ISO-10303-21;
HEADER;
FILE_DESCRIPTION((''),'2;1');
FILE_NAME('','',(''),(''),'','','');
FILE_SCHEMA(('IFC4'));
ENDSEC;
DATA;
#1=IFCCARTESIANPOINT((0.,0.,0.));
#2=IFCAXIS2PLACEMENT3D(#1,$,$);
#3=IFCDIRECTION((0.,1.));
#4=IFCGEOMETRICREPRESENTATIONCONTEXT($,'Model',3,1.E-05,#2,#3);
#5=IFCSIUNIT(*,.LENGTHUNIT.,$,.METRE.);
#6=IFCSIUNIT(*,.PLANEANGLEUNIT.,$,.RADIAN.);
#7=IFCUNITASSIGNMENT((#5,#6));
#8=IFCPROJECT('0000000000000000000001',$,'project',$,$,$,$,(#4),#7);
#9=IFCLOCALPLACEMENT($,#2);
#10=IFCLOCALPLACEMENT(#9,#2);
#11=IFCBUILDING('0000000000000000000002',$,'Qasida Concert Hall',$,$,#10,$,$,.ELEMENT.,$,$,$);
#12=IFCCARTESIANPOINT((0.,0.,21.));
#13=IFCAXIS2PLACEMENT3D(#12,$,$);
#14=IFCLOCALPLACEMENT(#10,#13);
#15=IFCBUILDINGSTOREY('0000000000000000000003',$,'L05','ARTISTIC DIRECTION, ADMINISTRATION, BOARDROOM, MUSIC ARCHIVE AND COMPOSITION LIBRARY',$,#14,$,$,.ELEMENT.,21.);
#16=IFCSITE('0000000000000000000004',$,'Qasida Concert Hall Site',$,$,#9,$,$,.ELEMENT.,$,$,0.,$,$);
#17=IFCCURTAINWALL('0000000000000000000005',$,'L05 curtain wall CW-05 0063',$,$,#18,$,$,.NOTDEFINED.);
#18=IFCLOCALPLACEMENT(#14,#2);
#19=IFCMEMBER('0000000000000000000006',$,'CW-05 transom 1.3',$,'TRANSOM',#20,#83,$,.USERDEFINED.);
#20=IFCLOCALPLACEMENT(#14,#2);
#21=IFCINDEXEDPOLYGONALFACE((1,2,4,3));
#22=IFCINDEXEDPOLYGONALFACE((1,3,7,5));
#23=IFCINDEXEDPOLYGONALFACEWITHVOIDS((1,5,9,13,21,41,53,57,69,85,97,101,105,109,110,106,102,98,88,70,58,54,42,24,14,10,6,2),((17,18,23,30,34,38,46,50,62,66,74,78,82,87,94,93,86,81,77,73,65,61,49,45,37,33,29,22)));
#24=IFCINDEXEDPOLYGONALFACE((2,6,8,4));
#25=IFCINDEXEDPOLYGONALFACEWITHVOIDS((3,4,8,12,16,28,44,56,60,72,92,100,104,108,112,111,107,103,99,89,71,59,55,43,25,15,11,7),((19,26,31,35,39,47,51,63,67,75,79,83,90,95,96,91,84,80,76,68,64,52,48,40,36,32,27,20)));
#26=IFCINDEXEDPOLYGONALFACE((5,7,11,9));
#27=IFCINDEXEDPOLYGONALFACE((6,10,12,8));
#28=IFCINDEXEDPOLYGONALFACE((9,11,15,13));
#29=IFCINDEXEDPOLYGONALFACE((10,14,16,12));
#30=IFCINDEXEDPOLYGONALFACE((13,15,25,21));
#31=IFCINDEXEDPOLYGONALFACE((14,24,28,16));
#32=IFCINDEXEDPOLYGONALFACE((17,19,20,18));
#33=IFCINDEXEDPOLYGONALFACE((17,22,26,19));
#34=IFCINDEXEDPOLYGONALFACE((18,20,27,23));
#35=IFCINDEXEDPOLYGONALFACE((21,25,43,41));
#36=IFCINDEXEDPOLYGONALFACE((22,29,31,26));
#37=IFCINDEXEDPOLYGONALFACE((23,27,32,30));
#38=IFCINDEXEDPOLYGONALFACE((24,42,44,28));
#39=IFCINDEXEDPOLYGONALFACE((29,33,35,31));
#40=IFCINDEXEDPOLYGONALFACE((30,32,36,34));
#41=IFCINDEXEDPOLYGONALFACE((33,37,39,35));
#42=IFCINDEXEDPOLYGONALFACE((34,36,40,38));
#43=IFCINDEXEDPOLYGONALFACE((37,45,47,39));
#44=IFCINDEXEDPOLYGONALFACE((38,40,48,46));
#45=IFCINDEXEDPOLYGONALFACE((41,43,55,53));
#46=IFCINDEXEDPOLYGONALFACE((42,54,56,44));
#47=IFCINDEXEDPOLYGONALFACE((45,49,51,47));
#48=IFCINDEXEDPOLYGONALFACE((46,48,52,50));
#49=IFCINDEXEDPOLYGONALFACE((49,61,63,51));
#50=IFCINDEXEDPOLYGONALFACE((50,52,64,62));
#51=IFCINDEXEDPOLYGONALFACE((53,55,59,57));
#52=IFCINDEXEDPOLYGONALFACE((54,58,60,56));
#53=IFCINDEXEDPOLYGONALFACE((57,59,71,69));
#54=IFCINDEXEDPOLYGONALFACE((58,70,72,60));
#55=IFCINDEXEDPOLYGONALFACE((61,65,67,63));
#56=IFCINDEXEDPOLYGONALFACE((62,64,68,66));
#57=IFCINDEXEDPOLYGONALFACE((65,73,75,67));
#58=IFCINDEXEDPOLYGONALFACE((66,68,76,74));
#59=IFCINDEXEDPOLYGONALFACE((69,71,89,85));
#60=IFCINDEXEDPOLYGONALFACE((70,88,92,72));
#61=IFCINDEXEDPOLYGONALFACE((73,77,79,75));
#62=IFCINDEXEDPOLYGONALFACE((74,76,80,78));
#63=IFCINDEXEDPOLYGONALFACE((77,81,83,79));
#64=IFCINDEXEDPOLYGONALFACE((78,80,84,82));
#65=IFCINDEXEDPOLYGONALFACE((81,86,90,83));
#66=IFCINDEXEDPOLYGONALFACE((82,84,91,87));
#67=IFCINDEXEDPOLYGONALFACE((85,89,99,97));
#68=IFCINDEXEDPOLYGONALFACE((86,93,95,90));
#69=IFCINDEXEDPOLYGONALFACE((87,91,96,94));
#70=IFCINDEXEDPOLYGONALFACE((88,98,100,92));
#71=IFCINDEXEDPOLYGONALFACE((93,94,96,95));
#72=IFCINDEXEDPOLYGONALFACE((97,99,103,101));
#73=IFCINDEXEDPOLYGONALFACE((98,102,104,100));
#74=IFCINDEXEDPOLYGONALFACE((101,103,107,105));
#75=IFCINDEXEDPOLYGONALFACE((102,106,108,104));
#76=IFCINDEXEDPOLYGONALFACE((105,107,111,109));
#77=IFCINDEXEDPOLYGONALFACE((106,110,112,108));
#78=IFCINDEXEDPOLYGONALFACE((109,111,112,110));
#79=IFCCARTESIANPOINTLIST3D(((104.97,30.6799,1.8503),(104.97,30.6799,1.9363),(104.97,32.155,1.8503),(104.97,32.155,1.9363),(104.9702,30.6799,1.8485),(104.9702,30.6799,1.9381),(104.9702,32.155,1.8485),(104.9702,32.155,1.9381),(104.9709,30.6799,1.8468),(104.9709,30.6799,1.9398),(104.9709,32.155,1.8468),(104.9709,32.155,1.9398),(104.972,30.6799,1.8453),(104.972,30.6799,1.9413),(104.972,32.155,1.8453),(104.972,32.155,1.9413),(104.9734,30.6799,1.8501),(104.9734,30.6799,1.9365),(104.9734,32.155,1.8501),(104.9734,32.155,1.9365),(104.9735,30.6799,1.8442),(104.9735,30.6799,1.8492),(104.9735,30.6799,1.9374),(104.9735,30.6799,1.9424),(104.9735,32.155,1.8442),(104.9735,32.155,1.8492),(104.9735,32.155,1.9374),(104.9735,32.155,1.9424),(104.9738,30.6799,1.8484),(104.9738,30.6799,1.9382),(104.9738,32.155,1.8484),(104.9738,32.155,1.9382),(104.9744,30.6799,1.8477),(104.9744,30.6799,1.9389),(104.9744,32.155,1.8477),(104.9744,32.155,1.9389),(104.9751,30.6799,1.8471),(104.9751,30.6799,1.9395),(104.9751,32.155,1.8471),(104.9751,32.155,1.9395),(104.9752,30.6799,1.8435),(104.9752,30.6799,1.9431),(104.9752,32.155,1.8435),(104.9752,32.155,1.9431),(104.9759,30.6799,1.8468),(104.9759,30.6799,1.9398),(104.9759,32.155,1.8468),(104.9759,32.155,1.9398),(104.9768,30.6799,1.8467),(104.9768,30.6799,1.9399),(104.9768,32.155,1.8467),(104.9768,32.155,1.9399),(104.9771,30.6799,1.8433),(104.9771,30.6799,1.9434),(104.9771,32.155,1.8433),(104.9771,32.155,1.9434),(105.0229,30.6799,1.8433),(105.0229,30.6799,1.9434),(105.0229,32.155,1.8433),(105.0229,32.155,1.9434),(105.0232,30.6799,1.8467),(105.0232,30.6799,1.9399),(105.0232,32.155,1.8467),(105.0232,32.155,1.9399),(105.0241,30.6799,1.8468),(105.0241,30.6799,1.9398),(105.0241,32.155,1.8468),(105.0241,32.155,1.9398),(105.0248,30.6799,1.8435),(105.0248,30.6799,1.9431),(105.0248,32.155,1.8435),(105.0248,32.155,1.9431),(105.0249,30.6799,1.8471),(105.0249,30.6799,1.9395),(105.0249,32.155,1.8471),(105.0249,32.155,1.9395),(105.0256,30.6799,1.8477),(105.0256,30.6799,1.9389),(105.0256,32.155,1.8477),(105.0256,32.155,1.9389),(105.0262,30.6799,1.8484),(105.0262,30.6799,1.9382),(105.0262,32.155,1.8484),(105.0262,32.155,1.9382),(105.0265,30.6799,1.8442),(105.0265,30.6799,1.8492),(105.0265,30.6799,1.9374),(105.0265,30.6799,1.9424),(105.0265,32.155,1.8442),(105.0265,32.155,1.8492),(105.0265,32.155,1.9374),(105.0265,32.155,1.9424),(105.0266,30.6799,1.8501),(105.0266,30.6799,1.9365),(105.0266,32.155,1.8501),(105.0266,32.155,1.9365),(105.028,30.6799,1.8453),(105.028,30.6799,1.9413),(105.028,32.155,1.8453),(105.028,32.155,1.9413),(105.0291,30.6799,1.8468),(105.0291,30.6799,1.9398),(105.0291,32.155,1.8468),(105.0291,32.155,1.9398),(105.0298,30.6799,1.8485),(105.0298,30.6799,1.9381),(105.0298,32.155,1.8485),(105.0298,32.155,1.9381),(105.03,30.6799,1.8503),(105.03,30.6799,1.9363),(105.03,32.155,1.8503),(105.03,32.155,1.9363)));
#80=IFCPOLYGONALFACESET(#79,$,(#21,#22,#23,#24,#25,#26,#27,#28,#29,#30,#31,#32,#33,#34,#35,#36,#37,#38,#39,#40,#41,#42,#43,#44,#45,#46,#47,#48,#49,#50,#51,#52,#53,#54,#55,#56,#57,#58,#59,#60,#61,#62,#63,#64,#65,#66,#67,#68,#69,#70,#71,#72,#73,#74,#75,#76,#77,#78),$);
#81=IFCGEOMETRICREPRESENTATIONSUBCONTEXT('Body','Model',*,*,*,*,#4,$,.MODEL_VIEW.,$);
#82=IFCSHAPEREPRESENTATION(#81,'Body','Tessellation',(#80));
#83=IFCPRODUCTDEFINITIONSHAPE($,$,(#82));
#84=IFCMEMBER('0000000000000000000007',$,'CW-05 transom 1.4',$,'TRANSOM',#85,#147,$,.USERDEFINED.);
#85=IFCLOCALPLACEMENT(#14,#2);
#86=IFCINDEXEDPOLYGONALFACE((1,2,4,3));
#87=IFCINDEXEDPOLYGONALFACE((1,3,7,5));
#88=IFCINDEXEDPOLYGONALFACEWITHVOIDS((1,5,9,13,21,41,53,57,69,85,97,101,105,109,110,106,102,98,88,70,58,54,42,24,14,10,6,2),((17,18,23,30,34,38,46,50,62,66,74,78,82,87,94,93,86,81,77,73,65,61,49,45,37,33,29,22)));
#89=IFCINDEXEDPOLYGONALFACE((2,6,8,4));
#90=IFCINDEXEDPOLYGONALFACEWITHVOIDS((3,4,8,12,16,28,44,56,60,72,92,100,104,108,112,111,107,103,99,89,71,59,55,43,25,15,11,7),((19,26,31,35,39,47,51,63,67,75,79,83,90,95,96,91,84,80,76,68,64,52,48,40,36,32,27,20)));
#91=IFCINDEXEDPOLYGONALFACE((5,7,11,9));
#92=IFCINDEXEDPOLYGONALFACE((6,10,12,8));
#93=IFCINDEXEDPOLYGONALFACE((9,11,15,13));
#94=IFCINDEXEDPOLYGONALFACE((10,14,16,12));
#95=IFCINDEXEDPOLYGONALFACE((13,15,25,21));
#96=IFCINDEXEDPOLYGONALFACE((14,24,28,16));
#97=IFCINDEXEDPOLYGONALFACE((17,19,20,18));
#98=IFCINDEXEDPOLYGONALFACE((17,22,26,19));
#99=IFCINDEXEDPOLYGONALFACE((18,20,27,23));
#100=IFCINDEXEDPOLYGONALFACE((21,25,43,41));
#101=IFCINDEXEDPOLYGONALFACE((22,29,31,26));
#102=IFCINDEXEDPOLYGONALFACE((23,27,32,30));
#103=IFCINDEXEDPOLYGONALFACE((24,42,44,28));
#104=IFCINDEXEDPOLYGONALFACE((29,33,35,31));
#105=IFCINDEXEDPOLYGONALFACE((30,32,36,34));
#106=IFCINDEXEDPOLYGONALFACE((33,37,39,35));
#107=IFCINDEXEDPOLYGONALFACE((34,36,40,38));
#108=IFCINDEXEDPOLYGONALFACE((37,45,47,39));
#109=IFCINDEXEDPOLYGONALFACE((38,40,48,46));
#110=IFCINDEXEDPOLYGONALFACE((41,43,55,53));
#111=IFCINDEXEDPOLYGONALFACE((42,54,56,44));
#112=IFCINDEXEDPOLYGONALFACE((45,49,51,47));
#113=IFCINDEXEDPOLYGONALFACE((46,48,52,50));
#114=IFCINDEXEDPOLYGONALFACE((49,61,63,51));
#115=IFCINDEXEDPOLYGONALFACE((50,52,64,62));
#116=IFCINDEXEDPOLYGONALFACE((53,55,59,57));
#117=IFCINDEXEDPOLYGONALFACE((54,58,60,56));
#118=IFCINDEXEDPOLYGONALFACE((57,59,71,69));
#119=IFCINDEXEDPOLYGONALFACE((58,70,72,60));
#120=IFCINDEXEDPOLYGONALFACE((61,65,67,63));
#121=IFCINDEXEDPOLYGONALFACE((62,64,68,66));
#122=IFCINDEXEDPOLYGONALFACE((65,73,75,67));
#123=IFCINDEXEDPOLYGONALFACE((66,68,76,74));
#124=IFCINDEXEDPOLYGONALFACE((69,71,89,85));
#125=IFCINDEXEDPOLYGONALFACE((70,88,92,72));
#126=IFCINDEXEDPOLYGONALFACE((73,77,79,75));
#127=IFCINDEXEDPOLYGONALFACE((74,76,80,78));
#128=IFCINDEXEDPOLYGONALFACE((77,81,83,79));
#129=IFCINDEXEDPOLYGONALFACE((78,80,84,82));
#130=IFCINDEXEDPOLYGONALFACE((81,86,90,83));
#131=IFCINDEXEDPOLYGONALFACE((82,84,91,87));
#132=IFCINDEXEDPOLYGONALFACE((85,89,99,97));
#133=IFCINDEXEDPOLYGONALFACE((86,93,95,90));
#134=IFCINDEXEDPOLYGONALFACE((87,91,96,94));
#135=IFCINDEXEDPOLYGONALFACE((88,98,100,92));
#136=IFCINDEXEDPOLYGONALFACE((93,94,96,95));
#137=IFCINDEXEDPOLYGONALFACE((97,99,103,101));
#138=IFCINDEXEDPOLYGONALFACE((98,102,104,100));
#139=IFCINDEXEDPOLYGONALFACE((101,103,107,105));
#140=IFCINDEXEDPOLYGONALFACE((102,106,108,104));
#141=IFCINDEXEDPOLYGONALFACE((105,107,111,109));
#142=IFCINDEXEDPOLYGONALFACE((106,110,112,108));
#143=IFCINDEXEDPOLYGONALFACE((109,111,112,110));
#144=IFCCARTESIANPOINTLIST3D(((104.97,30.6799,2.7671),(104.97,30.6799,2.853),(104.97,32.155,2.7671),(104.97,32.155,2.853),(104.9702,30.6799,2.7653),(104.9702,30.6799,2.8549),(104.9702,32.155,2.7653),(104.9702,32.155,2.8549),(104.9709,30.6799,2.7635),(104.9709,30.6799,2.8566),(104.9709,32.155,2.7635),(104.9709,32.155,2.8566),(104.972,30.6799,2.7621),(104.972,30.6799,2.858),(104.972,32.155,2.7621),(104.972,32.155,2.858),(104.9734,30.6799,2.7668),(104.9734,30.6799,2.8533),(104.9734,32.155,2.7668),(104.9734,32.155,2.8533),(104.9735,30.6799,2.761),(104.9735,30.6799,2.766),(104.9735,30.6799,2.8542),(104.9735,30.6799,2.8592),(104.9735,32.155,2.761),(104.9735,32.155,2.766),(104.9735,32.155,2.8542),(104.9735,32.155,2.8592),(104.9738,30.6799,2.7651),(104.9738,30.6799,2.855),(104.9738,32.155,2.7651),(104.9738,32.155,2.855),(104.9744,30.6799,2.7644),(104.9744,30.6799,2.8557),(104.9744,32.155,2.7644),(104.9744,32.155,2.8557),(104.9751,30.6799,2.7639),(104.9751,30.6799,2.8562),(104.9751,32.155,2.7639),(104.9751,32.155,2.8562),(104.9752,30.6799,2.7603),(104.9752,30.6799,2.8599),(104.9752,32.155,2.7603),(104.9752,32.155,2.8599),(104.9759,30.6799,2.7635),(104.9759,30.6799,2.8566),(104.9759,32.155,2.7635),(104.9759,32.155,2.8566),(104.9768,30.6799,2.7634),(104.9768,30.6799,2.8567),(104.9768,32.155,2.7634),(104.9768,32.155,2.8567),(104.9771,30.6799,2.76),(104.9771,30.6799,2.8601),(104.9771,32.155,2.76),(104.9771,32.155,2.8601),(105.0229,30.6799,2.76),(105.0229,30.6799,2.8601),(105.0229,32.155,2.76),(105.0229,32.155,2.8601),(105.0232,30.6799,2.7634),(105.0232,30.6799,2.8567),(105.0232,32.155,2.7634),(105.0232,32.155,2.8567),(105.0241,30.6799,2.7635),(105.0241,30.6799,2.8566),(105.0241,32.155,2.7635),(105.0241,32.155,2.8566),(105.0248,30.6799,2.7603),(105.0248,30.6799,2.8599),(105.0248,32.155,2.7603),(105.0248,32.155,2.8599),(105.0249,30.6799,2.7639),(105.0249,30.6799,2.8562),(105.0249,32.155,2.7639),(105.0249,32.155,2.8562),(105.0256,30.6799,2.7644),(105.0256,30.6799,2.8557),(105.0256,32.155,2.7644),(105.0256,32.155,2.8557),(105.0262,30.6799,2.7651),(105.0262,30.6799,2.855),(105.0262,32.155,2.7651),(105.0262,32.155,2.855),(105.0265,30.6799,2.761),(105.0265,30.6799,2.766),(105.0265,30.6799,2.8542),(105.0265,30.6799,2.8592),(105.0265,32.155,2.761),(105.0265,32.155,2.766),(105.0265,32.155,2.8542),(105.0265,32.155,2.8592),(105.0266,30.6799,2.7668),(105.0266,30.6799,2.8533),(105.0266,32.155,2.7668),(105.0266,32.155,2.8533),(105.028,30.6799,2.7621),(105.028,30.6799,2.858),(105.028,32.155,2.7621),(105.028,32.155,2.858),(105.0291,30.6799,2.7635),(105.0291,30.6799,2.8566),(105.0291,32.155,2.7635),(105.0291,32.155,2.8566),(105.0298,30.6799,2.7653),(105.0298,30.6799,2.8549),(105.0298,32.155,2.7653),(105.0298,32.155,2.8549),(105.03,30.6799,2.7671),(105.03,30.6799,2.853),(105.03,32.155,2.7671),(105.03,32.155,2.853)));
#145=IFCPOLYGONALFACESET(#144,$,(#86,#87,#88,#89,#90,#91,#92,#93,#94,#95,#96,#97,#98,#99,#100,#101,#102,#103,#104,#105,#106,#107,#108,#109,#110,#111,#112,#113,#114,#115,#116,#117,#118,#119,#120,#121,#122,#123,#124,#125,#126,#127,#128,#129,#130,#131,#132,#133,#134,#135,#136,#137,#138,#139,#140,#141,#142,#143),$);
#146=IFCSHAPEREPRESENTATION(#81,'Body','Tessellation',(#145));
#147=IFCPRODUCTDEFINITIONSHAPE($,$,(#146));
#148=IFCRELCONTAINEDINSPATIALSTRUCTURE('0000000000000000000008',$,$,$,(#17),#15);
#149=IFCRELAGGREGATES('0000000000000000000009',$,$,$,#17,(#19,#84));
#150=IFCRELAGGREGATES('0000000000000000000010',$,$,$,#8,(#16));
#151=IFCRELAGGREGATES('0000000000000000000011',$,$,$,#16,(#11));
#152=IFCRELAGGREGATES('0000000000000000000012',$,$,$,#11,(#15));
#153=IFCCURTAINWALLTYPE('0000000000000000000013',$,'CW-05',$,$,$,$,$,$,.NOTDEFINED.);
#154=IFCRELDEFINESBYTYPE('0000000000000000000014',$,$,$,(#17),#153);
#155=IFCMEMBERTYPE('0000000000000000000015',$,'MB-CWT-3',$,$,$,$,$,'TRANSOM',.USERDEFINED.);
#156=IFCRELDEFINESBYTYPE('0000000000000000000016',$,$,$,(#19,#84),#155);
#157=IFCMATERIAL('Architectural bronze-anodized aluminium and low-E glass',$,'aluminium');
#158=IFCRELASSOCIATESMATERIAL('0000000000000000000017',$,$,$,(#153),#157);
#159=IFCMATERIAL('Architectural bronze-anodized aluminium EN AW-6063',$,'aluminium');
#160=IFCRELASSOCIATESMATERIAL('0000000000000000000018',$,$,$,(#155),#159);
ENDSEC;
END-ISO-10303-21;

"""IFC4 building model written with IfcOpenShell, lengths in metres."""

from ifc_helpers import new_model, si_unit, direction, frame, origin, origin_2d, place, context, subcontext, project, spatial, hollow_rectangle, extrude, material, material_profile, profile_set, type_object, element, aggregate, save


model = new_model("IFC4")

# Units and contexts
model_context = context("Model", 3, precision=1e-05, world=origin(), true_north=direction((0.0, 1.0)))
body_context = subcontext(model_context, "Body", "Model", "MODEL_VIEW")
ifc_project = project(units=[si_unit("LENGTHUNIT", "METRE"), si_unit("PLANEANGLEUNIT", "RADIAN")], contexts=[model_context])

# Site, building, storey
site_placement = place(None, origin())
site = spatial("IfcSite", under=ifc_project, at=site_placement, Name="Qasida Concert Hall Site", CompositionType="ELEMENT", RefElevation=0.0)
building_placement = place(site_placement, origin())
building = spatial("IfcBuilding", under=site, at=building_placement, Name="Qasida Concert Hall", CompositionType="ELEMENT")
storey_placement = place(building_placement, frame((0.0, 0.0, 21.0)))
storey = spatial("IfcBuildingStorey", under=building, at=storey_placement, Name="L05", Description="ARTISTIC DIRECTION, ADMINISTRATION, BOARDROOM, MUSIC ARCHIVE AND COMPOSITION LIBRARY", CompositionType="ELEMENT", Elevation=21.0)

# Curtain wall, members
ifc_material_1 = material(Name="Architectural bronze-anodized aluminium and low-E glass", Category="aluminium")
curtain_wall_type = type_object("IfcCurtainWallType", Name="CW-05", PredefinedType="NOTDEFINED", material=ifc_material_1)
curtain_wall_placement = place(storey_placement, origin())
curtain_wall = element("IfcCurtainWall", 1, at=curtain_wall_placement, inside=storey, type_object=curtain_wall_type, Name="L05 curtain wall CW-05 0063", PredefinedType="NOTDEFINED")
ifc_material_2 = material(Name="Architectural bronze-anodized aluminium EN AW-6063", Category="aluminium")
ifc_material_profile_1 = material_profile(ifc_material_2, hollow_rectangle(XDim=0.0601, YDim=0.1001, WallThickness=0.0034, InnerFilletRadius=0.0034, OuterFilletRadius=0.0071, at=origin_2d()), Name="CWT 100x60x3.5")
ifc_profile_set_1 = profile_set([ifc_material_profile_1], Name="Architectural bronze-anodized aluminium EN AW-6063")
member_type_1 = type_object("IfcMemberType", Name="MB-CWT-3", ElementType="TRANSOM", PredefinedType="USERDEFINED", material=ifc_profile_set_1)
member_1_placement = place(storey_placement, frame((105.0, 30.6799, 1.8933), z_axis=(0.0, 1.0, 0.0), x_axis=(-1.0, 0.0, 0.0)))
member_1 = element("IfcMember", 2, at=member_1_placement, type_object=member_type_1, Name="CW-05 transom 1.3", ObjectType="TRANSOM", PredefinedType="USERDEFINED", context=body_context, shape_type="SweptSolid", body=[
    extrude(hollow_rectangle(XDim=0.0601, YDim=0.1001, WallThickness=0.0034, InnerFilletRadius=0.0034, OuterFilletRadius=0.0071, at=origin_2d()), origin(), (0.0, 0.0, 1.0), 1.4751),
])
member_2_placement = place(storey_placement, frame((105.0, 30.6799, 2.8101), z_axis=(0.0, 1.0, 0.0), x_axis=(-1.0, 0.0, 0.0)))
member_2 = element("IfcMember", 3, at=member_2_placement, type_object=member_type_1, Name="CW-05 transom 1.4", ObjectType="TRANSOM", PredefinedType="USERDEFINED", context=body_context, shape_type="SweptSolid", body=[
    extrude(hollow_rectangle(XDim=0.0601, YDim=0.1001, WallThickness=0.0034, InnerFilletRadius=0.0034, OuterFilletRadius=0.0071, at=origin_2d()), origin(), (0.0, 0.0, 1.0), 1.4751),
])
aggregate(curtain_wall, [member_1, member_2])

save(model, "model.ifc")
